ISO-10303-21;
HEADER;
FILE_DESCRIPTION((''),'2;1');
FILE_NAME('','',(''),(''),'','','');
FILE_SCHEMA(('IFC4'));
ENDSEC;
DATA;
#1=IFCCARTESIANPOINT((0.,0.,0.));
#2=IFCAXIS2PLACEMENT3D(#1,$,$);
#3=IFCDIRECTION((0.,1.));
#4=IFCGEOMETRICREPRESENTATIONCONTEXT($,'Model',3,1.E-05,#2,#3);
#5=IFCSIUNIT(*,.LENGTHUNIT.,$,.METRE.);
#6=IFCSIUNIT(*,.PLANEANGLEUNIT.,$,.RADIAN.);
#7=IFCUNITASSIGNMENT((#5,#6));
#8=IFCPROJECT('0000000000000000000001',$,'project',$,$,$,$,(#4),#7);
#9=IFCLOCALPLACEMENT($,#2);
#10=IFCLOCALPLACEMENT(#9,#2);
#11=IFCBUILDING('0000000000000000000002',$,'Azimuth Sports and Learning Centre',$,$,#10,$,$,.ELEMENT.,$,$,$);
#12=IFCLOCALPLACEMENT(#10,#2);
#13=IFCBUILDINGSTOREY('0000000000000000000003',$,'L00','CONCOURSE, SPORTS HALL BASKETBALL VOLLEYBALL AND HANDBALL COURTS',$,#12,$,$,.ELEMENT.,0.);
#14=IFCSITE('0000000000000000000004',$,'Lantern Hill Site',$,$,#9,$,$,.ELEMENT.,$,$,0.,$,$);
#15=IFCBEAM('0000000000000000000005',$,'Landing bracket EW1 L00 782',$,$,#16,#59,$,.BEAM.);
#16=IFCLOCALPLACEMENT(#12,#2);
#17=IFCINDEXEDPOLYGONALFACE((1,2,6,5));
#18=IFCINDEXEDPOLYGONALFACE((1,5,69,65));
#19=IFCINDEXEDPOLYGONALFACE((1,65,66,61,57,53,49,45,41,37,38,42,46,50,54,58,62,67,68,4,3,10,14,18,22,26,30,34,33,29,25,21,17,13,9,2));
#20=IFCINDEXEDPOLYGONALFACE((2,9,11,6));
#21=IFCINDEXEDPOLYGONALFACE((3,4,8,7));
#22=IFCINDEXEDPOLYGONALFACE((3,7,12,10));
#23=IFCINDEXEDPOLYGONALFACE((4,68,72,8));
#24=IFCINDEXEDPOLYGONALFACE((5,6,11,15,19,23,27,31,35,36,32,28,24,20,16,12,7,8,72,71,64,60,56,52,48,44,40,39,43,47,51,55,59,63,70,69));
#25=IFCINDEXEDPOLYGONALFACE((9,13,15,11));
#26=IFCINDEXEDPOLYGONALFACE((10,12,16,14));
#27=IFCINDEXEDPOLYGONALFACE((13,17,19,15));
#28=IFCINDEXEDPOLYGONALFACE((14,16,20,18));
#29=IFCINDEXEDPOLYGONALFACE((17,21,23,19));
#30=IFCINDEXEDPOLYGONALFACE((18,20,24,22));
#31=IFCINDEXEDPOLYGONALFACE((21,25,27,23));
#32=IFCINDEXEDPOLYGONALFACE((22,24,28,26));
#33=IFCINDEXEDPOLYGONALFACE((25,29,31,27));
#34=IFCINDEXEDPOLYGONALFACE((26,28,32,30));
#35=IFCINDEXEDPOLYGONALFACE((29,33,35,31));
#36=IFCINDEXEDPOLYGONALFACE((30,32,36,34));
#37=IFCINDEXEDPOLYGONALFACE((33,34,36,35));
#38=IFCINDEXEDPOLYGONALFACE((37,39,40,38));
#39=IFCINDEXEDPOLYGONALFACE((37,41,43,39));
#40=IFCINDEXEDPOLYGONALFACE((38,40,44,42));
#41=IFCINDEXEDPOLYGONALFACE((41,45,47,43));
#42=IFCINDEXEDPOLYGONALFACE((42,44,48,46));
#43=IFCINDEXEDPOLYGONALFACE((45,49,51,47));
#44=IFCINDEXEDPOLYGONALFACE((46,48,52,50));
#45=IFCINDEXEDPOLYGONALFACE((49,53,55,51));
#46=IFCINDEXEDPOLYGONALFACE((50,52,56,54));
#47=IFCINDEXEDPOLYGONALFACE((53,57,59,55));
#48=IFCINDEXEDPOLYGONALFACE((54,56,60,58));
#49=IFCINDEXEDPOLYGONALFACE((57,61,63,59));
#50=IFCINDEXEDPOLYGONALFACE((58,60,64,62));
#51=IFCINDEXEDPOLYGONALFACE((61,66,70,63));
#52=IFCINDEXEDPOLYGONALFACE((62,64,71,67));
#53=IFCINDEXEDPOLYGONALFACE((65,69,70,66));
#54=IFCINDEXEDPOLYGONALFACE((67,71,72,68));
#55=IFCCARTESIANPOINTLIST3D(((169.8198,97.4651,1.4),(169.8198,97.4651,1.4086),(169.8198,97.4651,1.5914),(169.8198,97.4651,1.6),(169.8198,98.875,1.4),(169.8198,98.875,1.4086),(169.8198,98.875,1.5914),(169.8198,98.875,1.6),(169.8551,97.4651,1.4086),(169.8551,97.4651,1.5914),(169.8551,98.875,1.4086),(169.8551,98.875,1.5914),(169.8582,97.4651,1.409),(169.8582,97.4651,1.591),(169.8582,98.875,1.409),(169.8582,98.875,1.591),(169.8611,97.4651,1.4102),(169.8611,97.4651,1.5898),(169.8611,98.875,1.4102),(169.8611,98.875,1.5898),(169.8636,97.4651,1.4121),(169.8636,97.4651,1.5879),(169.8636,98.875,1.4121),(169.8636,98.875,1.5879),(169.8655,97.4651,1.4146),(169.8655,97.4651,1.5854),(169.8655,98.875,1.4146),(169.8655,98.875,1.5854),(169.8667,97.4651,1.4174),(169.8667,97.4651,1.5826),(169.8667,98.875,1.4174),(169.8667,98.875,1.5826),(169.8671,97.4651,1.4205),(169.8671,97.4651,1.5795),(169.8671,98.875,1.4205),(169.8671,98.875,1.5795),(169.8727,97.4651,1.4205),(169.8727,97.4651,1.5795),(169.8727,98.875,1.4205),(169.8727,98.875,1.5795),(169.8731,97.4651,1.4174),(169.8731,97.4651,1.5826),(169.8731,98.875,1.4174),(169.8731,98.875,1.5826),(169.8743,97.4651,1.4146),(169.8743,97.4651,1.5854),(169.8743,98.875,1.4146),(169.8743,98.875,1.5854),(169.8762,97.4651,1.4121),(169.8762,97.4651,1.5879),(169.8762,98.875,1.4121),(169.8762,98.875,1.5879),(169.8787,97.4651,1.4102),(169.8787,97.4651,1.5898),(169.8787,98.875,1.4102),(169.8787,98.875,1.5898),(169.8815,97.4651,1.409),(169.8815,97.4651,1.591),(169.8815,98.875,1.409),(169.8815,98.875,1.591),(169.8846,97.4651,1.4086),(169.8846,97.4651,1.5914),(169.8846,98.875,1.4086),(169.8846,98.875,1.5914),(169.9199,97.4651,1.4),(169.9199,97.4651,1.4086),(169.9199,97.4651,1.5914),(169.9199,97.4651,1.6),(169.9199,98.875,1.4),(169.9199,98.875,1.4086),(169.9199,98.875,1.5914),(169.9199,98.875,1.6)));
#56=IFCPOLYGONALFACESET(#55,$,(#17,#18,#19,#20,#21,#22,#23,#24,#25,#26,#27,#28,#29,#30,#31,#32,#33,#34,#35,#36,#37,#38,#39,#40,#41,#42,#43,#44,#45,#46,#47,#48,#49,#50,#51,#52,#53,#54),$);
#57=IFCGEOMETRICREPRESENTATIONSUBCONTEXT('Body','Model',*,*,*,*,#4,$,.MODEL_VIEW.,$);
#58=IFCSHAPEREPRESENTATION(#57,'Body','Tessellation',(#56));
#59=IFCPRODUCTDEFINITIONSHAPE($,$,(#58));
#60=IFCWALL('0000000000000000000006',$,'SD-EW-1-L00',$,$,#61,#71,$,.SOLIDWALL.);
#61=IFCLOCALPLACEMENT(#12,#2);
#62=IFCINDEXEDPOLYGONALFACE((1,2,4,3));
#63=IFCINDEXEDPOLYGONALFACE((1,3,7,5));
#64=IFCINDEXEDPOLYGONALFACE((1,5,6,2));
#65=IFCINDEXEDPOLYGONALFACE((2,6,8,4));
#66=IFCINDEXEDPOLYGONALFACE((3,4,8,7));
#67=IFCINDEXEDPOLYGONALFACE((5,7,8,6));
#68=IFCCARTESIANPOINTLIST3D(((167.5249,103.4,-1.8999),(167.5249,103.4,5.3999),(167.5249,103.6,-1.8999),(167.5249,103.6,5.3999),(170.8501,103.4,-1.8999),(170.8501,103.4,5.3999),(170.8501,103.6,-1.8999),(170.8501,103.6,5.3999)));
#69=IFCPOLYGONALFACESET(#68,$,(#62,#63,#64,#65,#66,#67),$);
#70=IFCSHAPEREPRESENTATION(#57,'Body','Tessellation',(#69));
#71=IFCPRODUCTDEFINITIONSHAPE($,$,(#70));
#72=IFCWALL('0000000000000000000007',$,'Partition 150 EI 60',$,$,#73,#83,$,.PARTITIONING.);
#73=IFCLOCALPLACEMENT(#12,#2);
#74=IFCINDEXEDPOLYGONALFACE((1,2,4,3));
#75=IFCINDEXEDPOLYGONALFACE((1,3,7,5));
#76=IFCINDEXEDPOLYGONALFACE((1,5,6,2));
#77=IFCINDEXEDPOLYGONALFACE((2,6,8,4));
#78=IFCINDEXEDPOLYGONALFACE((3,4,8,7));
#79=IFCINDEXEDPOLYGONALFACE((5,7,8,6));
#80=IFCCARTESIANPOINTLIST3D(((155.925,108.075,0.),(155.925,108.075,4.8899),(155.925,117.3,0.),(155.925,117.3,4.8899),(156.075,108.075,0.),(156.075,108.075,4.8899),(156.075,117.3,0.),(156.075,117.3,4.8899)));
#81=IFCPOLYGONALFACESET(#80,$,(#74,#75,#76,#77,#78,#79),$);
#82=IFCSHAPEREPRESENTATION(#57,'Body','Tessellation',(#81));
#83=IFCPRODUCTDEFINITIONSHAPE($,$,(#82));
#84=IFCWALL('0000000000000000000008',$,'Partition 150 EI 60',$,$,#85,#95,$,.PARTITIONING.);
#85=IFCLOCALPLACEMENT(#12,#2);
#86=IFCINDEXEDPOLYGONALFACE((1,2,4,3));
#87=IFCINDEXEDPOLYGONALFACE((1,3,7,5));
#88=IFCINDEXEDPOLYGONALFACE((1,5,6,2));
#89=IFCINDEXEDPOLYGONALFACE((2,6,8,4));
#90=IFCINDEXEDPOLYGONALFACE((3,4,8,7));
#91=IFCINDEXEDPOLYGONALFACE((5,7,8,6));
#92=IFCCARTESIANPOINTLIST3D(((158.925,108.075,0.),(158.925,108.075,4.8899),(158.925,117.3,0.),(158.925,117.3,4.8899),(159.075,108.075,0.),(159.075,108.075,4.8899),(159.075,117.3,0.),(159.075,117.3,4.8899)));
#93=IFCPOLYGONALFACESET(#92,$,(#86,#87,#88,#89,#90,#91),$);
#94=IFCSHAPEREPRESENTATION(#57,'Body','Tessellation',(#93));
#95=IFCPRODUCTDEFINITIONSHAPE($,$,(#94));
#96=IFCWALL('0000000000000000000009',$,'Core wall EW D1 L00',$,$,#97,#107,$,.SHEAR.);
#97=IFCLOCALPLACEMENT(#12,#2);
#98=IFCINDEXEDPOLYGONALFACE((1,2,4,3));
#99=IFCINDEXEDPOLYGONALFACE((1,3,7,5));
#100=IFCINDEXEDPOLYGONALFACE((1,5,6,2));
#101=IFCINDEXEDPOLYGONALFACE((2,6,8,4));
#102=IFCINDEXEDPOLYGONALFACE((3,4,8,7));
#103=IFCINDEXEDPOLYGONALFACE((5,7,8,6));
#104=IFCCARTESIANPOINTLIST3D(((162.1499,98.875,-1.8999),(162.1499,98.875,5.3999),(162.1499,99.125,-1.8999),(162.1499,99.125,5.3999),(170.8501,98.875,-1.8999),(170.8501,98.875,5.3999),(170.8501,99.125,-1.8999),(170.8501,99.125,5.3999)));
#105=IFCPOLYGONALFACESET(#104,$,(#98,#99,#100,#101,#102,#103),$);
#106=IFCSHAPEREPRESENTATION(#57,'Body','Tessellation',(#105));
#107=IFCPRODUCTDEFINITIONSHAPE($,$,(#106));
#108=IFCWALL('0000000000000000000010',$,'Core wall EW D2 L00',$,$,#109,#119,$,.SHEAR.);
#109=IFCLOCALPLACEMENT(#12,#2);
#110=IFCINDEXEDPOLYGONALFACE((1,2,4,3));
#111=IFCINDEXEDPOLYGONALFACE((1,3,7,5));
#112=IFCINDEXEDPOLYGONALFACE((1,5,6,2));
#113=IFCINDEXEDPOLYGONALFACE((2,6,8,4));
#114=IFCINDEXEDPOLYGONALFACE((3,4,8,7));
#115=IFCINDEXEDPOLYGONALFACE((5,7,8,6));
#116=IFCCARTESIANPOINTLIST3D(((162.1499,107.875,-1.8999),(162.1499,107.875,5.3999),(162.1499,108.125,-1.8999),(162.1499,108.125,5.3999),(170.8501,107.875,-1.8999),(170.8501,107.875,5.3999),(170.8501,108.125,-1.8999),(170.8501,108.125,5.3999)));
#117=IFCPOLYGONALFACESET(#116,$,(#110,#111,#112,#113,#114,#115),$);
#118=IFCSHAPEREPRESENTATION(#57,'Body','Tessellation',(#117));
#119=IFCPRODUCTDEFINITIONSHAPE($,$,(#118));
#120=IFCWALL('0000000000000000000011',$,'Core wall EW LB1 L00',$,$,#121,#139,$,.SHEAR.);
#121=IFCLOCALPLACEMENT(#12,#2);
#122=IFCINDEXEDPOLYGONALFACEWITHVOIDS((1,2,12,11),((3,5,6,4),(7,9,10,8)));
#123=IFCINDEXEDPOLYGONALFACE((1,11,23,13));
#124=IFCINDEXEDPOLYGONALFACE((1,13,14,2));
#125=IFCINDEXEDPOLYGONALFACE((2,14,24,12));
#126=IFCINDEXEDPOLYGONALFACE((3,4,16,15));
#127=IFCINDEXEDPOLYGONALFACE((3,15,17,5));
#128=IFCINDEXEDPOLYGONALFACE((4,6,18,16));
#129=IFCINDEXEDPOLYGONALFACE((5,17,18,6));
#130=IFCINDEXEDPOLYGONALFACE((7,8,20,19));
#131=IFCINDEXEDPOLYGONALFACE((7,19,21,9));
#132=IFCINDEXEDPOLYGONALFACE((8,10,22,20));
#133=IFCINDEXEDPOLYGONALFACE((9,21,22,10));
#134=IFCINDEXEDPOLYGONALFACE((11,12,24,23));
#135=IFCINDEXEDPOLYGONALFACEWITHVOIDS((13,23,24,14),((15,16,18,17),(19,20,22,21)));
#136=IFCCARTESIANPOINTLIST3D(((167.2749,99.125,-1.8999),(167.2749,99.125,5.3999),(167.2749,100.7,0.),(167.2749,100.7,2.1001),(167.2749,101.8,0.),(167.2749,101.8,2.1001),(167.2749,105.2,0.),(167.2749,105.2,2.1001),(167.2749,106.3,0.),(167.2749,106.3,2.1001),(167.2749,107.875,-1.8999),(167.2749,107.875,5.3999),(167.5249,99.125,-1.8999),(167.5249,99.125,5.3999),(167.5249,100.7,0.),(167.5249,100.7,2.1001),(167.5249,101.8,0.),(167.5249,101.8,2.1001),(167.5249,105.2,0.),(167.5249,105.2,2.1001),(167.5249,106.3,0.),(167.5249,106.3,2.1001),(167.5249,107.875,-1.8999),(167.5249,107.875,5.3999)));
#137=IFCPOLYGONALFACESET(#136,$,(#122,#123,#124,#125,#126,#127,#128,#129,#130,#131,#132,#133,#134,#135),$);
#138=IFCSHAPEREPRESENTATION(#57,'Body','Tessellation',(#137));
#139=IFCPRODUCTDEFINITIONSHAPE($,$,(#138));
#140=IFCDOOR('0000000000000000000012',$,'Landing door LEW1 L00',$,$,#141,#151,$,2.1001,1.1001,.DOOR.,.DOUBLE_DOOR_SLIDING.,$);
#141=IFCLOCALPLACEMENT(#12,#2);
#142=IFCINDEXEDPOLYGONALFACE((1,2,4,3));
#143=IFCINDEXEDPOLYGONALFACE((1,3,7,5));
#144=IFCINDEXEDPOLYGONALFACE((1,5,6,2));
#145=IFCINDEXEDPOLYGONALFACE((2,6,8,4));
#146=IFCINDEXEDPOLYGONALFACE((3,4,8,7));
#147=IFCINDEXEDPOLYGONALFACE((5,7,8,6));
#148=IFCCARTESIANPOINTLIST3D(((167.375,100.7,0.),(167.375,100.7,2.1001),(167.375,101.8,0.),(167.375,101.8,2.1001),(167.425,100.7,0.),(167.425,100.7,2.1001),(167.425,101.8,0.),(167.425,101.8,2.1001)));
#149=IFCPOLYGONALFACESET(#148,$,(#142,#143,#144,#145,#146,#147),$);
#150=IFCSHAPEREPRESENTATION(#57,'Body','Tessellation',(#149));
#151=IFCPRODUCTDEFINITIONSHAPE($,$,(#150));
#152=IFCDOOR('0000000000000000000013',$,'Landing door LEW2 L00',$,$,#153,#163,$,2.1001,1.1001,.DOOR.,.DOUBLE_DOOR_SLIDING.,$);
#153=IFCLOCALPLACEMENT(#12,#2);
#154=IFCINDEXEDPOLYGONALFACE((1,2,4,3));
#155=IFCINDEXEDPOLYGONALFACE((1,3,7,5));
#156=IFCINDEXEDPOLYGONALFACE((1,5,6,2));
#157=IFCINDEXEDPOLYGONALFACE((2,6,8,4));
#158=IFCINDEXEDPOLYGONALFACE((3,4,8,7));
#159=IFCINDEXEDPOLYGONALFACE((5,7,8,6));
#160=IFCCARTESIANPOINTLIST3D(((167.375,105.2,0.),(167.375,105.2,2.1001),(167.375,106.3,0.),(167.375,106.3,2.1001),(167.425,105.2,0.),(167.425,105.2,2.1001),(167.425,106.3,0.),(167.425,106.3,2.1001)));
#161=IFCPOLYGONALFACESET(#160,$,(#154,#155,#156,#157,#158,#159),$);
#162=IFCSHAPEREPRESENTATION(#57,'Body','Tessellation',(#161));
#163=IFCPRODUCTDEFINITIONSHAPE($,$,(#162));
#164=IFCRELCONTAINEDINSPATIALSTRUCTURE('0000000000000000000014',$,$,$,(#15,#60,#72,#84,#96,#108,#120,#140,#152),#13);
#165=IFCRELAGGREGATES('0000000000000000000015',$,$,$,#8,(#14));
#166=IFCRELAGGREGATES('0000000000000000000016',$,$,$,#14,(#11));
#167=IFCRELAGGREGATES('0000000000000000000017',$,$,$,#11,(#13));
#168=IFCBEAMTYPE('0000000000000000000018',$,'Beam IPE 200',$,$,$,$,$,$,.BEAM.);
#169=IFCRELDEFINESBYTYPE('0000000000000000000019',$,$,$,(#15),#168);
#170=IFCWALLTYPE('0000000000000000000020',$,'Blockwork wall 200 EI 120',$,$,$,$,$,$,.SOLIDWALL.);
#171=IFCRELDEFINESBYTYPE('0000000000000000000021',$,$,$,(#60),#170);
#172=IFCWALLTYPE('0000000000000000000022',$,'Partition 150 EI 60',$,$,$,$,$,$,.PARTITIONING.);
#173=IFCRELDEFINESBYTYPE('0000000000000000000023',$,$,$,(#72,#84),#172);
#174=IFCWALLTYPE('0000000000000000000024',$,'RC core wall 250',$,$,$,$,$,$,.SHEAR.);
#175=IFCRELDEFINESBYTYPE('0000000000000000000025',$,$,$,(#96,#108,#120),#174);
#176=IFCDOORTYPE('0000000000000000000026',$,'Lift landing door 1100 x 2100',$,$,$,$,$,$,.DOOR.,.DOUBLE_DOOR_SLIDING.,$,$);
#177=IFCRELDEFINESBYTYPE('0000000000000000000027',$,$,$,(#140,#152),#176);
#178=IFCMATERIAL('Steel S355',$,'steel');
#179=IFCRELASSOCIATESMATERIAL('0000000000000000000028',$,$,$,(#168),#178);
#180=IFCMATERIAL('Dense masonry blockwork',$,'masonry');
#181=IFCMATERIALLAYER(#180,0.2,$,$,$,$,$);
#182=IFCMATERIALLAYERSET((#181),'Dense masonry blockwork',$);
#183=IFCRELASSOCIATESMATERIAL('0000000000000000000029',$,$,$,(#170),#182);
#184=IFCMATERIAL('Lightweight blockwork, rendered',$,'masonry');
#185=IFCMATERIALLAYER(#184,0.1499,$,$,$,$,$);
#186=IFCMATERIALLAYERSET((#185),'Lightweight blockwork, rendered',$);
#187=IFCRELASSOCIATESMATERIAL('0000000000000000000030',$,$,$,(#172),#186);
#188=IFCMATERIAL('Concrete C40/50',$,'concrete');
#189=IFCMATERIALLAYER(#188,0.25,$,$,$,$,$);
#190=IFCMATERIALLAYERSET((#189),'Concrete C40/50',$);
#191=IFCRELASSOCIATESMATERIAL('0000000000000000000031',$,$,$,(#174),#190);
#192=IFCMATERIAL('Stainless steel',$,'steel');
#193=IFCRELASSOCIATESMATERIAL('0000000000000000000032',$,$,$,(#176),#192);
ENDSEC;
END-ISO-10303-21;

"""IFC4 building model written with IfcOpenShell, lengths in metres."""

from ifc_helpers import new_model, si_unit, direction, frame, frame_2d, origin, origin_2d, place, context, subcontext, project, spatial, rectangle, i_section, extrude, material, layer, layer_set, material_profile, profile_set, type_object, element, fill, save


model = new_model("IFC4")

# Units and contexts
model_context = context("Model", 3, precision=1e-05, world=origin(), true_north=direction((0.0, 1.0)))
body_context = subcontext(model_context, "Body", "Model", "MODEL_VIEW")
ifc_project = project(units=[si_unit("LENGTHUNIT", "METRE"), si_unit("PLANEANGLEUNIT", "RADIAN")], contexts=[model_context])

# Site, building, storey
site_placement = place(None, origin())
site = spatial("IfcSite", under=ifc_project, at=site_placement, Name="Lantern Hill Site", CompositionType="ELEMENT", RefElevation=0.0)
building_placement = place(site_placement, origin())
building = spatial("IfcBuilding", under=site, at=building_placement, Name="Azimuth Sports and Learning Centre", CompositionType="ELEMENT")
storey_placement = place(building_placement, origin())
storey = spatial("IfcBuildingStorey", under=building, at=storey_placement, Name="L00", Description="CONCOURSE, SPORTS HALL BASKETBALL VOLLEYBALL AND HANDBALL COURTS", CompositionType="ELEMENT", Elevation=0.0)

# Beam
ifc_material_1 = material(Name="Steel S355", Category="steel")
ifc_material_profile_1 = material_profile(ifc_material_1, i_section(OverallWidth=0.1001, OverallDepth=0.2, WebThickness=0.0056, FlangeThickness=0.0085, FilletRadius=0.012, at=origin_2d()), Name="IPE 200")
ifc_profile_set_1 = profile_set([ifc_material_profile_1], Name="Steel S355")
beam_type = type_object("IfcBeamType", Name="Beam IPE 200", PredefinedType="BEAM", material=ifc_profile_set_1)
for number, where, z_axis, x_axis, name in (
    (1, (169.8699, 98.875, 1.5), (0.0, -1.0, 0.0), (1.0, 0.0, 0.0), "Landing bracket EW1 L00 782"),
):
    element("IfcBeam", number, at=place(storey_placement, frame(where, z_axis=z_axis, x_axis=x_axis)), inside=storey, type_object=beam_type, Name=name, PredefinedType="BEAM", context=body_context, shape_type="SweptSolid", body=[
        extrude(i_section(OverallWidth=0.1001, OverallDepth=0.2, WebThickness=0.0056, FlangeThickness=0.0085, FilletRadius=0.012, at=origin_2d()), origin(), (0.0, 0.0, 1.0), 1.4099),
    ])

# Walls
ifc_material_2 = material(Name="Dense masonry blockwork", Category="masonry")
ifc_layer_1 = layer(ifc_material_2, 0.2)
ifc_layer_set_1 = layer_set([ifc_layer_1], Name="Dense masonry blockwork")
wall_type_1 = type_object("IfcWallType", Name="Blockwork wall 200 EI 120", PredefinedType="SOLIDWALL", material=ifc_layer_set_1)
wall_1_placement = place(storey_placement, frame((167.5249, 103.5, -1.8999), z_axis=(0.0, 0.0, 1.0), x_axis=(1.0, 0.0, 0.0)))
element("IfcWall", 2, at=wall_1_placement, inside=storey, type_object=wall_type_1, Name="SD-EW-1-L00", PredefinedType="SOLIDWALL", context=body_context, shape_type="SweptSolid", body=[
    extrude(rectangle(XDim=3.3252, YDim=0.2, at=frame_2d((1.6626, 0.0))), origin(), (0.0, 0.0, 1.0), 7.2998),
])
ifc_material_3 = material(Name="Lightweight blockwork, rendered", Category="masonry")
ifc_layer_2 = layer(ifc_material_3, 0.1499)
ifc_layer_set_2 = layer_set([ifc_layer_2], Name="Lightweight blockwork, rendered")
wall_type_2 = type_object("IfcWallType", Name="Partition 150 EI 60", PredefinedType="PARTITIONING", material=ifc_layer_set_2)
for number, where, z_axis, x_axis, name in (
    (3, (156.0, 108.075, 0.0), (0.0, 0.0, 1.0), (0.0, 1.0, 0.0), "Partition 150 EI 60"),
    (4, (159.0, 108.075, 0.0), (0.0, 0.0, 1.0), (0.0, 1.0, 0.0), "Partition 150 EI 60"),
):
    element("IfcWall", number, at=place(storey_placement, frame(where, z_axis=z_axis, x_axis=x_axis)), inside=storey, type_object=wall_type_2, Name=name, PredefinedType="PARTITIONING", context=body_context, shape_type="SweptSolid", body=[
        extrude(rectangle(XDim=9.2251, YDim=0.1499, at=frame_2d((4.6125, 0.0))), origin(), (0.0, 0.0, 1.0), 4.8899),
    ])
ifc_material_4 = material(Name="Concrete C40/50", Category="concrete")
ifc_layer_3 = layer(ifc_material_4, 0.25)
ifc_layer_set_3 = layer_set([ifc_layer_3], Name="Concrete C40/50")
wall_type_3 = type_object("IfcWallType", Name="RC core wall 250", PredefinedType="SHEAR", material=ifc_layer_set_3)
for number, where, z_axis, x_axis, name in (
    (5, (162.1499, 99.0, -1.8999), (0.0, 0.0, 1.0), (1.0, 0.0, 0.0), "Core wall EW D1 L00"),
    (6, (162.1499, 108.0, -1.8999), (0.0, 0.0, 1.0), (1.0, 0.0, 0.0), "Core wall EW D2 L00"),
):
    element("IfcWall", number, at=place(storey_placement, frame(where, z_axis=z_axis, x_axis=x_axis)), inside=storey, type_object=wall_type_3, Name=name, PredefinedType="SHEAR", context=body_context, shape_type="SweptSolid", body=[
        extrude(rectangle(XDim=8.7002, YDim=0.25, at=frame_2d((4.3501, 0.0))), origin(), (0.0, 0.0, 1.0), 7.2998),
    ])

# Wall, openings, doors
wall_2_placement = place(storey_placement, frame((167.3999, 99.125, -1.8999), z_axis=(0.0, 0.0, 1.0), x_axis=(0.0, 1.0, 0.0)))
wall_2 = element("IfcWall", 7, at=wall_2_placement, inside=storey, type_object=wall_type_3, Name="Core wall EW LB1 L00", PredefinedType="SHEAR", context=body_context, shape_type="SweptSolid", body=[
    extrude(rectangle(XDim=8.75, YDim=0.25, at=frame_2d((4.375, 0.0))), origin(), (0.0, 0.0, 1.0), 7.2998),
])
opening_1_placement = place(wall_2_placement, frame((1.575, 0.0, 1.8999)))
opening_1 = element("IfcOpeningElement", 8, at=opening_1_placement, cuts=wall_2, PredefinedType="OPENING", context=body_context, shape_type="SweptSolid", body=[
    extrude(rectangle(XDim=1.1001, YDim=2.1001, at=frame_2d((0.55, 1.05))), frame((0.0, 0.136, 0.0), z_axis=(0.0, -1.0, 0.0), x_axis=(1.0, 0.0, 0.0)), (0.0, 0.0, 1.0), 0.272),
])
opening_2_placement = place(wall_2_placement, frame((6.075, 0.0, 1.8999)))
opening_2 = element("IfcOpeningElement", 9, at=opening_2_placement, cuts=wall_2, PredefinedType="OPENING", context=body_context, shape_type="SweptSolid", body=[
    extrude(rectangle(XDim=1.1001, YDim=2.1001, at=frame_2d((0.55, 1.05))), frame((0.0, 0.136, 0.0), z_axis=(0.0, -1.0, 0.0), x_axis=(1.0, 0.0, 0.0)), (0.0, 0.0, 1.0), 0.272),
])
ifc_material_5 = material(Name="Stainless steel", Category="steel")
door_type_1 = type_object("IfcDoorType", Name="Lift landing door 1100 x 2100", OperationType="DOUBLE_DOOR_SLIDING", PredefinedType="DOOR", material=ifc_material_5)
door_1_placement = place(opening_1_placement, origin())
door_1 = element("IfcDoor", 10, at=door_1_placement, inside=storey, type_object=door_type_1, Name="Landing door LEW1 L00", OperationType="DOUBLE_DOOR_SLIDING", OverallHeight=2.1001, OverallWidth=1.1001, PredefinedType="DOOR", context=body_context, shape_type="SweptSolid", body=[
    extrude(rectangle(XDim=1.1001, YDim=2.1001, at=frame_2d((0.55, 1.05))), frame((0.0, 0.0249, 0.0), z_axis=(0.0, -1.0, 0.0), x_axis=(1.0, 0.0, 0.0)), (0.0, 0.0, 1.0), 0.05),
])
fill(opening_1, door_1)
door_2_placement = place(opening_2_placement, origin())
door_2 = element("IfcDoor", 11, at=door_2_placement, inside=storey, type_object=door_type_1, Name="Landing door LEW2 L00", OperationType="DOUBLE_DOOR_SLIDING", OverallHeight=2.1001, OverallWidth=1.1001, PredefinedType="DOOR", context=body_context, shape_type="SweptSolid", body=[
    extrude(rectangle(XDim=1.1001, YDim=2.1001, at=frame_2d((0.55, 1.05))), frame((0.0, 0.0249, 0.0), z_axis=(0.0, -1.0, 0.0), x_axis=(1.0, 0.0, 0.0)), (0.0, 0.0, 1.0), 0.05),
])
fill(opening_2, door_2)

save(model, "model.ifc")
